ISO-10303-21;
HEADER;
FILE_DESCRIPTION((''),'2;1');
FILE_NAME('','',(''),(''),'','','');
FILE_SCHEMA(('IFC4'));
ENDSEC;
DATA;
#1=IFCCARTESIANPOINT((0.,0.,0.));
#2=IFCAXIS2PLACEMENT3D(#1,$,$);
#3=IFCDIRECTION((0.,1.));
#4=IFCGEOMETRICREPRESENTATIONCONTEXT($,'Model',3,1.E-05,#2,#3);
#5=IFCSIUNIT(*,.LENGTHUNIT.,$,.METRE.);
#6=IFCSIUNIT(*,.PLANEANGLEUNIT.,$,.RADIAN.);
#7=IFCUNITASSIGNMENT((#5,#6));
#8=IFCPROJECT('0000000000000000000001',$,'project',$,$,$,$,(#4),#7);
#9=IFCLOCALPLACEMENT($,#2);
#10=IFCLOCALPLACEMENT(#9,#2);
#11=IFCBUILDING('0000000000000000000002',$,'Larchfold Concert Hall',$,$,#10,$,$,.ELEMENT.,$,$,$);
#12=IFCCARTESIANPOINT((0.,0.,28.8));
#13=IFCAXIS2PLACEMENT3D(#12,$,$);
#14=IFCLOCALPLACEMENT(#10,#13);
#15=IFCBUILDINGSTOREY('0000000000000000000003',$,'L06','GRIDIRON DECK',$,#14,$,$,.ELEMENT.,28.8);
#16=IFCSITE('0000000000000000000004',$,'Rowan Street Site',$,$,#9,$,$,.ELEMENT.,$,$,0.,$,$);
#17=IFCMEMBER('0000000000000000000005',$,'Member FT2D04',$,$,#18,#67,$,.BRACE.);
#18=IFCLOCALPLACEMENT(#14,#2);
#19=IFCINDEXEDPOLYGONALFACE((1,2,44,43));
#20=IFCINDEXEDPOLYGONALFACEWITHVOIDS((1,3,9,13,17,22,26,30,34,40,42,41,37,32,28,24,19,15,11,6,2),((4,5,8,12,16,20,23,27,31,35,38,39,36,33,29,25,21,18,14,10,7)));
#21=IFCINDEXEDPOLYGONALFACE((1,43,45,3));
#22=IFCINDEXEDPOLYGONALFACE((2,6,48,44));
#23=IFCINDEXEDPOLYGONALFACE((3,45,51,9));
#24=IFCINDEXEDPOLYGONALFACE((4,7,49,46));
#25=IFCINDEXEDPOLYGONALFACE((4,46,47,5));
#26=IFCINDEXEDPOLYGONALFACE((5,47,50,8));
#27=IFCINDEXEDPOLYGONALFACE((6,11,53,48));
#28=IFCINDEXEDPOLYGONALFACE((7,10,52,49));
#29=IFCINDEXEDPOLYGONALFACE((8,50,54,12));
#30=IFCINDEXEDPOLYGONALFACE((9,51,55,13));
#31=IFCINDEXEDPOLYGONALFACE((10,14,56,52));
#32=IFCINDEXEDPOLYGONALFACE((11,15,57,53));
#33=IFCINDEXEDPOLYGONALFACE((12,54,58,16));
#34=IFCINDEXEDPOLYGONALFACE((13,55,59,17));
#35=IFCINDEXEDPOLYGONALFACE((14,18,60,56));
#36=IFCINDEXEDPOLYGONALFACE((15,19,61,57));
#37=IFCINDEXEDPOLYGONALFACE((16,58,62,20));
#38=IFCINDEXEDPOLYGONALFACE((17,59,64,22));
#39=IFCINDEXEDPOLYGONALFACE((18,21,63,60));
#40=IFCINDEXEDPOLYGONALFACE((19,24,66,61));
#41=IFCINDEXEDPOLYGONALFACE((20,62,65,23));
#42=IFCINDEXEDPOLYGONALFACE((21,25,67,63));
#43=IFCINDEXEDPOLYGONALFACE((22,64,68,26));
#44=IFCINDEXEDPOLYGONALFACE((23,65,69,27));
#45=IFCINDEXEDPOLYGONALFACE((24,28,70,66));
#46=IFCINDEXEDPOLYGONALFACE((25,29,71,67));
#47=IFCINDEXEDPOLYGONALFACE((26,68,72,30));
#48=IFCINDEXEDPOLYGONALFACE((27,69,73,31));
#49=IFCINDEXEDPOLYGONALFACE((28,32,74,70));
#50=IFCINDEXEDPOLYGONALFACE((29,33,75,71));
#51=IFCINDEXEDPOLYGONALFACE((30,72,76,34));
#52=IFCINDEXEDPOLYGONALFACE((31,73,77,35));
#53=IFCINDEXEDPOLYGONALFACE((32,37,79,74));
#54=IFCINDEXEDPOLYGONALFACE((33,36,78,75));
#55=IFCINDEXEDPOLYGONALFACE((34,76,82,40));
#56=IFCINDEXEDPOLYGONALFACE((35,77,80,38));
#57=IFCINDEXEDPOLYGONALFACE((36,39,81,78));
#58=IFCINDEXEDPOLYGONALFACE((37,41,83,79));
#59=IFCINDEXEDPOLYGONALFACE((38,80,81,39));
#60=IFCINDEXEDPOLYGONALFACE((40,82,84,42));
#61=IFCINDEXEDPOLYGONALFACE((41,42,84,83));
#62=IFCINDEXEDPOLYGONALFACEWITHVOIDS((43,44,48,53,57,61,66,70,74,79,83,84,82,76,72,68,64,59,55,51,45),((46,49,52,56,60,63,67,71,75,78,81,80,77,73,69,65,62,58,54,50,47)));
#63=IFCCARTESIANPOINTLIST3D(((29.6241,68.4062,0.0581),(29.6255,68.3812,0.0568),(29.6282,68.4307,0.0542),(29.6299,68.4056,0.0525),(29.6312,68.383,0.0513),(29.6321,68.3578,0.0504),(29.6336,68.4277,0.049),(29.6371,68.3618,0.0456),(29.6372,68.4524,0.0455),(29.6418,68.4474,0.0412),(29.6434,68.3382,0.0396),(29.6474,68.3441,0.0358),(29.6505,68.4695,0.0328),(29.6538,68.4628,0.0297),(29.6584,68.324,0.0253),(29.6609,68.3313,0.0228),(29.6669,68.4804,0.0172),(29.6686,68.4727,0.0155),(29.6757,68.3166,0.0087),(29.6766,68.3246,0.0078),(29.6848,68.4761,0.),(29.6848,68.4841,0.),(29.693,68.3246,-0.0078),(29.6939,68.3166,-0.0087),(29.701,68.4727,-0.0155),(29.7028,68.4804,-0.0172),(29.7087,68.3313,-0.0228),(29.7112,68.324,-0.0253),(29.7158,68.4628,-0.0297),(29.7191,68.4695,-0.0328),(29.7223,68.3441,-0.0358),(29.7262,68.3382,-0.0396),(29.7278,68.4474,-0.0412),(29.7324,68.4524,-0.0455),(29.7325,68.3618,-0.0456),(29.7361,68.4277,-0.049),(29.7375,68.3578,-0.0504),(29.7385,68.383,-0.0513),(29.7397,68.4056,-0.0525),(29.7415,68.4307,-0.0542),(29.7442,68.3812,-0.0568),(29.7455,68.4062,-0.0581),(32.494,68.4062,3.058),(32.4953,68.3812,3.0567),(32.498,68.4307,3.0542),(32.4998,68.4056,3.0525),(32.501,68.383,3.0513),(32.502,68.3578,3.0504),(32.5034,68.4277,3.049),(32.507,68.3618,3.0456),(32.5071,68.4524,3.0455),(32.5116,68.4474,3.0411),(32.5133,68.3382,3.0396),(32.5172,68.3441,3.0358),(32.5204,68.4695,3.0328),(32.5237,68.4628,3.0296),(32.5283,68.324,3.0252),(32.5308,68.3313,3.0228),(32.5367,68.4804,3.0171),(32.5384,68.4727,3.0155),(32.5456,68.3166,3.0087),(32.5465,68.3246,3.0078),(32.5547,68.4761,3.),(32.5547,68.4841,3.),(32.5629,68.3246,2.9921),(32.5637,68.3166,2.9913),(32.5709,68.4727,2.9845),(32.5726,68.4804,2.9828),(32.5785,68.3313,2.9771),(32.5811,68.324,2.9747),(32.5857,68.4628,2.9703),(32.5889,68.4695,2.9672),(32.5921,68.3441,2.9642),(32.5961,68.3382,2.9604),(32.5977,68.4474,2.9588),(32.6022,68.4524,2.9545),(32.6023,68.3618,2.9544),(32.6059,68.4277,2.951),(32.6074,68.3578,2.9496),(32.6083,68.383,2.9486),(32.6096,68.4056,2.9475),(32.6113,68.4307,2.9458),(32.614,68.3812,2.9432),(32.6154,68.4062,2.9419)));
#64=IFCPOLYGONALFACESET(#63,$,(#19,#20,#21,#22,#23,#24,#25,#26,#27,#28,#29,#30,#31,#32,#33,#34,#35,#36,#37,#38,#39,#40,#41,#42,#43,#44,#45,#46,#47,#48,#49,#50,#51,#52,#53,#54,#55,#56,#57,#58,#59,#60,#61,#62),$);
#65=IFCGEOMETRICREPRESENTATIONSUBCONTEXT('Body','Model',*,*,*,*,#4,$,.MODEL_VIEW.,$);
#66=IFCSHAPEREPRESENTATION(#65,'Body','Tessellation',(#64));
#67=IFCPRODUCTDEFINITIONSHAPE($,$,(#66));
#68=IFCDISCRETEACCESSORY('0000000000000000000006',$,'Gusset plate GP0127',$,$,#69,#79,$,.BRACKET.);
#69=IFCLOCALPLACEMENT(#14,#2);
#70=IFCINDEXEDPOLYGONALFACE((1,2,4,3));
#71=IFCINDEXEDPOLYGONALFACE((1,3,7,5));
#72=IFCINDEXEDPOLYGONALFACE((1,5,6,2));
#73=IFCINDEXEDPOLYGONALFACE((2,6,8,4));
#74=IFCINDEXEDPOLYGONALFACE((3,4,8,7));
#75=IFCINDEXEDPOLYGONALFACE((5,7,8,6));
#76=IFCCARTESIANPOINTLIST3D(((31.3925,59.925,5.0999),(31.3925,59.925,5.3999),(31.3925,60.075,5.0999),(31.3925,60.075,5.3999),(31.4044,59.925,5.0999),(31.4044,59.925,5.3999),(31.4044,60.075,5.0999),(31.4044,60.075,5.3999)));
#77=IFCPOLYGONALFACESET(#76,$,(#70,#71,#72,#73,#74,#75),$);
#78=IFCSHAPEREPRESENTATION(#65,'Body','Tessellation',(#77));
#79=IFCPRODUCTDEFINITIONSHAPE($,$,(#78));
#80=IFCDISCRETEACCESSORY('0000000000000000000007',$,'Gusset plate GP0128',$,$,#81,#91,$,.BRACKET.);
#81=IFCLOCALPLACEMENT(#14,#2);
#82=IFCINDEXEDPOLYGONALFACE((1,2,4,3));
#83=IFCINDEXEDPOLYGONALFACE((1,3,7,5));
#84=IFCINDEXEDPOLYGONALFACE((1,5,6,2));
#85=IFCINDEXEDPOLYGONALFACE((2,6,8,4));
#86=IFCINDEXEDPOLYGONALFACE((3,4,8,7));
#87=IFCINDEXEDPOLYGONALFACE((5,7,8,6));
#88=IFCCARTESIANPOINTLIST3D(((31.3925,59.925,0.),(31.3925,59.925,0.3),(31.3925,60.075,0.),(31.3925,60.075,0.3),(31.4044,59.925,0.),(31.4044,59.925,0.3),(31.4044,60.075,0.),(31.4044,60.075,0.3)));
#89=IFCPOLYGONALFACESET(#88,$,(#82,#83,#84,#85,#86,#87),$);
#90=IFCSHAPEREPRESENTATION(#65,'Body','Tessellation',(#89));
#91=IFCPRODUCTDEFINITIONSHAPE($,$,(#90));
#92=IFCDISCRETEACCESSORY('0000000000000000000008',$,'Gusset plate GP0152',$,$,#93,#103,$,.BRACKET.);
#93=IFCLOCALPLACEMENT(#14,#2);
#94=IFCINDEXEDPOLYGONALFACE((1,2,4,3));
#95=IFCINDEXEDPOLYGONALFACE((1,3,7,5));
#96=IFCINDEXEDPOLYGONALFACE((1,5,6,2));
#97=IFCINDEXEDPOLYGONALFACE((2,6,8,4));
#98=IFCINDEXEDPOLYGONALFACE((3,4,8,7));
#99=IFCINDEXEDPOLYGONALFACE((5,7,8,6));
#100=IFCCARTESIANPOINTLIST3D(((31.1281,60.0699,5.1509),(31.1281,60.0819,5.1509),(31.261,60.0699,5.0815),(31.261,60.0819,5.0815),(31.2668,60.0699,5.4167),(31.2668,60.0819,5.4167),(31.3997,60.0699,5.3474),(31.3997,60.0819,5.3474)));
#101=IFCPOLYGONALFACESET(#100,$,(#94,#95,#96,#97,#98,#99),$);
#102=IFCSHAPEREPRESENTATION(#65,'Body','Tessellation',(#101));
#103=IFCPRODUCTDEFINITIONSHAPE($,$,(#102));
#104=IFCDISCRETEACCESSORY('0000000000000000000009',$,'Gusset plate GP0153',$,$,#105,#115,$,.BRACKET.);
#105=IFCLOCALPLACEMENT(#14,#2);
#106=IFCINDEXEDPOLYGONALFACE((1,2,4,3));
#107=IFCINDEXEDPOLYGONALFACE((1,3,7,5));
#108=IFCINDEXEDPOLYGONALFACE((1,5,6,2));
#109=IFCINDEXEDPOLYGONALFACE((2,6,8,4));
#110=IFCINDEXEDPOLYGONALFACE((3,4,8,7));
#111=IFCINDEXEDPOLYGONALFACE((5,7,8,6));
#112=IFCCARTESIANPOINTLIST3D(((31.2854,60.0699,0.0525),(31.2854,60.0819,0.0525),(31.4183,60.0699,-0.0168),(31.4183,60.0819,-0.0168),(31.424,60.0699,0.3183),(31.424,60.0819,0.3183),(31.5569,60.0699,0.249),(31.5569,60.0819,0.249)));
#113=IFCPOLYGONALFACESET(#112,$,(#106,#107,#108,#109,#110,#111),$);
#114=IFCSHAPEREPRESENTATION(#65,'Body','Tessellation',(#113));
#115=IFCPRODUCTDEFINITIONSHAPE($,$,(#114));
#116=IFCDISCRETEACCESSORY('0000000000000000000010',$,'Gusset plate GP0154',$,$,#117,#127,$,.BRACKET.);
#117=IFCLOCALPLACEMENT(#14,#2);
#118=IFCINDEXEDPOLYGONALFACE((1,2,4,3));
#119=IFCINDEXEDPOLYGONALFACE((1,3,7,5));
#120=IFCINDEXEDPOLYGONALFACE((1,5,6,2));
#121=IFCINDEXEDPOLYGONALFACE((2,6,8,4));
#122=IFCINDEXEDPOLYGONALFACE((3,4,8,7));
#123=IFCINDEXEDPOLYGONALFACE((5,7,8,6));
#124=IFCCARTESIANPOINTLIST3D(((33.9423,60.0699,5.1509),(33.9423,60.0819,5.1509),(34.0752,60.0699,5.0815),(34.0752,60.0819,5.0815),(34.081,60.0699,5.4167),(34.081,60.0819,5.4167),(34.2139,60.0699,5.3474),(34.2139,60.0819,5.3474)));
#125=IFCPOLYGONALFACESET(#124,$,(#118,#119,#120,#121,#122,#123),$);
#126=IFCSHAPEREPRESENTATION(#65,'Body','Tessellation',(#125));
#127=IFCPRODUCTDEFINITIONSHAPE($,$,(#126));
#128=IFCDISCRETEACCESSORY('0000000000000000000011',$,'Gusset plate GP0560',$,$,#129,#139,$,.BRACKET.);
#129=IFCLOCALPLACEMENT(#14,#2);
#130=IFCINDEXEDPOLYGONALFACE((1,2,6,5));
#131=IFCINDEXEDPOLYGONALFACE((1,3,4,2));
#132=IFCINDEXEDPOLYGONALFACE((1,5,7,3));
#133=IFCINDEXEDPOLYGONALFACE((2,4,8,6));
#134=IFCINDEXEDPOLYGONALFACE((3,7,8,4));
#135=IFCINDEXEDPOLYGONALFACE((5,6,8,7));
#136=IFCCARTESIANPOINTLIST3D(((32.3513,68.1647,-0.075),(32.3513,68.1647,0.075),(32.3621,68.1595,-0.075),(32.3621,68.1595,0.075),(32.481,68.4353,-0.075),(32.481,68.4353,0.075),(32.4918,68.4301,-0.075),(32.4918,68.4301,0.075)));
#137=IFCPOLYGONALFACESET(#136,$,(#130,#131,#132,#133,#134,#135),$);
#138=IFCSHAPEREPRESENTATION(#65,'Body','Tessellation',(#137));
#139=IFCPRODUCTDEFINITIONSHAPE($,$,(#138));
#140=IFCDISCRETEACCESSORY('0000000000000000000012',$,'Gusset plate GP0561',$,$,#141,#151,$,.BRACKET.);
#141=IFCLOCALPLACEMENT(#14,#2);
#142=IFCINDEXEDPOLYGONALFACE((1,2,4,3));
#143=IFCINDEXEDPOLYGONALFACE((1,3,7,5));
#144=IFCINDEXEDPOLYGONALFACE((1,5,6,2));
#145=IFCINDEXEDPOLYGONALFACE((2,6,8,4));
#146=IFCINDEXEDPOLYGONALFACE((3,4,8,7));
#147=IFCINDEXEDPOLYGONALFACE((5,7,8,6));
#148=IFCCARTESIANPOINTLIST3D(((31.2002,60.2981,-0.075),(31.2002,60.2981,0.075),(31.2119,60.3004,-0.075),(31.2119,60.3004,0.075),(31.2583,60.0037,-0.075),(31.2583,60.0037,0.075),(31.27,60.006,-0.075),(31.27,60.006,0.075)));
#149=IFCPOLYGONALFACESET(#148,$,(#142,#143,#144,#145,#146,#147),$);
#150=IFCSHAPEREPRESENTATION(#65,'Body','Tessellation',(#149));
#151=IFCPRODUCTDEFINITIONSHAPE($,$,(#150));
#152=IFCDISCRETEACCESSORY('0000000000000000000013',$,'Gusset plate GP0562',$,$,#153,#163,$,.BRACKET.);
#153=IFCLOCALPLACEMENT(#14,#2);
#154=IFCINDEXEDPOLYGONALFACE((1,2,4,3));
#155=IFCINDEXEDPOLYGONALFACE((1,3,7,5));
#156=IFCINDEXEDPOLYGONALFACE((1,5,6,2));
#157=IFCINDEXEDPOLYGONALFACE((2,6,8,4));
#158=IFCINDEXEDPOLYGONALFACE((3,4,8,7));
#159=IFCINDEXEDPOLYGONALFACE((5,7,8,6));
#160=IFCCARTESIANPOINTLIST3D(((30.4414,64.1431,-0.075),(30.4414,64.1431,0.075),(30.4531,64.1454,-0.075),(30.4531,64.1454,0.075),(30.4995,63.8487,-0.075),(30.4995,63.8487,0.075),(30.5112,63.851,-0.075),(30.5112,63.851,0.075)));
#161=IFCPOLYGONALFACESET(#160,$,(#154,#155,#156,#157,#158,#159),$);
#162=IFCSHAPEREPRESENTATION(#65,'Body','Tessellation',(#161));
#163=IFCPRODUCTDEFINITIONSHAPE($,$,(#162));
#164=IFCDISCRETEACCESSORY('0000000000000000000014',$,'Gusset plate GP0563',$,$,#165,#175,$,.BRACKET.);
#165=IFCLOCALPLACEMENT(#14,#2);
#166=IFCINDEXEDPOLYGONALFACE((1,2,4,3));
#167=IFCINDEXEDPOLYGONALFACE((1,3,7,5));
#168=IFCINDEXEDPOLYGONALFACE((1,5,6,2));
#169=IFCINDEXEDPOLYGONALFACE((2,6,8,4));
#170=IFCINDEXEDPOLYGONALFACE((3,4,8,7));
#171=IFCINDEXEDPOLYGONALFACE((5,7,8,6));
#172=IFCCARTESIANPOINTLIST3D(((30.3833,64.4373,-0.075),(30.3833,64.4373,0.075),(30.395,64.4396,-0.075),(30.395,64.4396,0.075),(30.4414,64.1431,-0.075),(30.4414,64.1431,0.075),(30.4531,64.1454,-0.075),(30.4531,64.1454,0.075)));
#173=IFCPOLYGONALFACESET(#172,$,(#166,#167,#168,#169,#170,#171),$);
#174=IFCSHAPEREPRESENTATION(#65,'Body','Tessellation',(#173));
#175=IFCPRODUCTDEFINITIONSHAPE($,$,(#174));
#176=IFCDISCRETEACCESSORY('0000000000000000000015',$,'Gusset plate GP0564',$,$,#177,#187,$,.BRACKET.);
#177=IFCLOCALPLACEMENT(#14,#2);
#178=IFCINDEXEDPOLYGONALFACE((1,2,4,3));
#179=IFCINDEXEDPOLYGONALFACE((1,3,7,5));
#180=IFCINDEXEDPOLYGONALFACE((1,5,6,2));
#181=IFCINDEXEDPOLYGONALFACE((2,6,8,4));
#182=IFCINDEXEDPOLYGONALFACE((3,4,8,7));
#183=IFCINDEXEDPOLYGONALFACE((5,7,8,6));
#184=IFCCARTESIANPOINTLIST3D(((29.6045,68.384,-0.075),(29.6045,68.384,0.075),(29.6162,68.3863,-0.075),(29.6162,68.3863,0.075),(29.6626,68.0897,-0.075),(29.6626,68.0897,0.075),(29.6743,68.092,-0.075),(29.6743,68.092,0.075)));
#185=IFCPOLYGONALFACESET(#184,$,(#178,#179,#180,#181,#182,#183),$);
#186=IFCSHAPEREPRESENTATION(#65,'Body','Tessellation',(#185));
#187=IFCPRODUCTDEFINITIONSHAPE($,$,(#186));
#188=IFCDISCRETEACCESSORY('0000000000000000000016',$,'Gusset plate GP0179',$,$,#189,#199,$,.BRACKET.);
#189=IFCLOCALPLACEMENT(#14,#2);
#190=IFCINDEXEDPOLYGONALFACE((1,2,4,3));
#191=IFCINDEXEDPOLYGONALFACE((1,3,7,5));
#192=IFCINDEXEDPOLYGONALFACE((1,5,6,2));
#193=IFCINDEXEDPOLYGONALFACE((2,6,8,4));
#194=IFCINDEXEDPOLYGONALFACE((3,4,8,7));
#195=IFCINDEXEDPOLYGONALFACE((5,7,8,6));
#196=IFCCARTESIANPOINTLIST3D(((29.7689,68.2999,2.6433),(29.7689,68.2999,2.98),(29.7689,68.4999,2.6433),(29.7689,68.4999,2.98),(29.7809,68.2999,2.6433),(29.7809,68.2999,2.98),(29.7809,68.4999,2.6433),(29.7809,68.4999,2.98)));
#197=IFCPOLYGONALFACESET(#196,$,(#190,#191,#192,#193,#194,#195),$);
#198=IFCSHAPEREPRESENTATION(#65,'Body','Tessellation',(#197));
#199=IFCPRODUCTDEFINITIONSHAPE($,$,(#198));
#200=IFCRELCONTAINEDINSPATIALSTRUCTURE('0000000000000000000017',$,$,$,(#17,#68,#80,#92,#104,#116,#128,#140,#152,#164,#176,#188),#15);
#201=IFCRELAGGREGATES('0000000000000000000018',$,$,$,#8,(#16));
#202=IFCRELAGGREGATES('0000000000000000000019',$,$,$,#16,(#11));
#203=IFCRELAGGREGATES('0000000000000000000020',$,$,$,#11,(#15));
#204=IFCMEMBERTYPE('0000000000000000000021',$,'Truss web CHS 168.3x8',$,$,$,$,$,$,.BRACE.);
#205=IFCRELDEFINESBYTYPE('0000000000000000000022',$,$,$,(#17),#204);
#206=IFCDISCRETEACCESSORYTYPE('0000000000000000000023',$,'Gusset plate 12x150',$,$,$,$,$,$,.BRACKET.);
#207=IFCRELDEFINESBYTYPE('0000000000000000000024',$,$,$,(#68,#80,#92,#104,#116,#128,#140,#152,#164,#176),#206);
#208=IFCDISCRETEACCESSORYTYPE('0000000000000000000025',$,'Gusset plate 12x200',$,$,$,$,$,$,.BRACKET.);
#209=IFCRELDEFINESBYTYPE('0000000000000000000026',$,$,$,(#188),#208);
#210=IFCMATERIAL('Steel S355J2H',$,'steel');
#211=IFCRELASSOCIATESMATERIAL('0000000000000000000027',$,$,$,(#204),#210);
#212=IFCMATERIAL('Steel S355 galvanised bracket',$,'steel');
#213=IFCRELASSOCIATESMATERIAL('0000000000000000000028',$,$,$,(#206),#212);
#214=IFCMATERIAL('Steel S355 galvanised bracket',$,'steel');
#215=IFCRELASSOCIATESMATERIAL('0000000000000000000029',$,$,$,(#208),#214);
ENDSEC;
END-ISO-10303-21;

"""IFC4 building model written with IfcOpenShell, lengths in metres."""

from ifc_helpers import new_model, si_unit, direction, frame, origin, origin_2d, place, context, subcontext, project, spatial, rectangle, hollow_circle, extrude, material, material_profile, profile_set, type_object, element, save


model = new_model("IFC4")

# Units and contexts
model_context = context("Model", 3, precision=1e-05, world=origin(), true_north=direction((0.0, 1.0)))
body_context = subcontext(model_context, "Body", "Model", "MODEL_VIEW")
ifc_project = project(units=[si_unit("LENGTHUNIT", "METRE"), si_unit("PLANEANGLEUNIT", "RADIAN")], contexts=[model_context])

# Site, building, storey
site_placement = place(None, origin())
site = spatial("IfcSite", under=ifc_project, at=site_placement, Name="Rowan Street Site", CompositionType="ELEMENT", RefElevation=0.0)
building_placement = place(site_placement, origin())
building = spatial("IfcBuilding", under=site, at=building_placement, Name="Larchfold Concert Hall", CompositionType="ELEMENT")
storey_placement = place(building_placement, frame((0.0, 0.0, 28.8)))
storey = spatial("IfcBuildingStorey", under=building, at=storey_placement, Name="L06", Description="GRIDIRON DECK", CompositionType="ELEMENT", Elevation=28.8)

# Member
ifc_material_1 = material(Name="Steel S355J2H", Category="steel")
ifc_material_profile_1 = material_profile(ifc_material_1, hollow_circle(Radius=0.0842, WallThickness=0.0081, at=origin_2d()))
ifc_profile_set_1 = profile_set([ifc_material_profile_1], Name="Steel S355J2H")
member_type_1 = type_object("IfcMemberType", Name="Truss web CHS 168.3x8", PredefinedType="BRACE", material=ifc_profile_set_1)
member_1_placement = place(storey_placement, frame((29.6848, 68.3999, 0.0), z_axis=(0.691261, 0.0, 0.722605), x_axis=(0.0, 1.0, 0.0)))
element("IfcMember", 1, at=member_1_placement, inside=storey, type_object=member_type_1, Name="Member FT2D04", PredefinedType="BRACE", context=body_context, shape_type="SweptSolid", body=[
    extrude(hollow_circle(Radius=0.0842, WallThickness=0.0081, at=origin_2d()), origin(), (0.0, 0.0, 1.0), 4.1516),
])

# Discrete accessories
ifc_material_2 = material(Name="Steel S355 galvanised bracket", Category="steel")
ifc_material_profile_2 = material_profile(ifc_material_2, rectangle(XDim=0.012, YDim=0.1499, at=origin_2d()))
ifc_profile_set_2 = profile_set([ifc_material_profile_2], Name="Steel S355 galvanised bracket")
discrete_accessory_type_1 = type_object("IfcDiscreteAccessoryType", Name="Gusset plate 12x150", PredefinedType="BRACKET", material=ifc_profile_set_2)
for number, where, z_axis, x_axis, name in (
    (2, (31.3984, 60.0, 5.3999), (0.0, 0.0, -1.0), (1.0, 0.0, 0.0), "Gusset plate GP0127"),
    (3, (31.3984, 60.0, 0.3), (0.0, 0.0, -1.0), (1.0, 0.0, 0.0), "Gusset plate GP0128"),
):
    element("IfcDiscreteAccessory", number, at=place(storey_placement, frame(where, z_axis=z_axis, x_axis=x_axis)), inside=storey, type_object=discrete_accessory_type_1, Name=name, PredefinedType="BRACKET", context=body_context, shape_type="SweptSolid", body=[
        extrude(rectangle(XDim=0.012, YDim=0.1499, at=origin_2d()), origin(), (0.0, 0.0, 1.0), 0.3),
    ])
for number, where, z_axis, x_axis, name in (
    (4, (31.1946, 60.0759, 5.1162), (0.462455, 0.0, 0.886643), (0.0, 1.0, 0.0), "Gusset plate GP0152"),
    (5, (31.3518, 60.0759, 0.0178), (0.462455, 0.0, 0.886643), (0.0, 1.0, 0.0), "Gusset plate GP0153"),
    (6, (34.0088, 60.0759, 5.1162), (0.462455, 0.0, 0.886643), (0.0, 1.0, 0.0), "Gusset plate GP0154"),
):
    element("IfcDiscreteAccessory", number, at=place(storey_placement, frame(where, z_axis=z_axis, x_axis=x_axis)), inside=storey, type_object=discrete_accessory_type_1, Name=name, PredefinedType="BRACKET", context=body_context, shape_type="SweptSolid", body=[
        extrude(rectangle(XDim=0.012, YDim=0.1499, at=origin_2d()), origin(), (0.0, 0.0, 1.0), 0.2998),
    ])
for number, where, z_axis, x_axis, name in (
    (7, (32.3567, 68.1621, 0.0), (0.432175, 0.90179, 0.0), (-0.90179, 0.432175, 0.0), "Gusset plate GP0560"),
    (8, (31.2642, 60.0049, 0.0), (-0.193612, 0.981078, 0.0), (-0.981078, -0.193612, 0.0), "Gusset plate GP0561"),
    (9, (30.5054, 63.8499, 0.0), (-0.193612, 0.981078, 0.0), (-0.981078, -0.193612, 0.0), "Gusset plate GP0562"),
):
    element("IfcDiscreteAccessory", number, at=place(storey_placement, frame(where, z_axis=z_axis, x_axis=x_axis)), inside=storey, type_object=discrete_accessory_type_1, Name=name, PredefinedType="BRACKET", context=body_context, shape_type="SweptSolid", body=[
        extrude(rectangle(XDim=0.012, YDim=0.1499, at=origin_2d()), origin(), (0.0, 0.0, 1.0), 0.3),
    ])
discrete_accessory_1_placement = place(storey_placement, frame((30.4473, 64.1443, 0.0), z_axis=(-0.193767, 0.981048, 0.0), x_axis=(-0.981048, -0.193767, 0.0)))
element("IfcDiscreteAccessory", 10, at=discrete_accessory_1_placement, inside=storey, type_object=discrete_accessory_type_1, Name="Gusset plate GP0563", PredefinedType="BRACKET", context=body_context, shape_type="SweptSolid", body=[
    extrude(rectangle(XDim=0.012, YDim=0.1499, at=origin_2d()), origin(), (0.0, 0.0, 1.0), 0.2998),
])
discrete_accessory_2_placement = place(storey_placement, frame((29.6685, 68.0908, 0.0), z_axis=(-0.193612, 0.981078, 0.0), x_axis=(-0.981078, -0.193612, 0.0)))
element("IfcDiscreteAccessory", 11, at=discrete_accessory_2_placement, inside=storey, type_object=discrete_accessory_type_1, Name="Gusset plate GP0564", PredefinedType="BRACKET", context=body_context, shape_type="SweptSolid", body=[
    extrude(rectangle(XDim=0.012, YDim=0.1499, at=origin_2d()), origin(), (0.0, 0.0, 1.0), 0.3),
])
ifc_material_3 = material(Name="Steel S355 galvanised bracket", Category="steel")
ifc_material_profile_3 = material_profile(ifc_material_3, rectangle(XDim=0.012, YDim=0.2, at=origin_2d()))
ifc_profile_set_3 = profile_set([ifc_material_profile_3], Name="Steel S355 galvanised bracket")
discrete_accessory_type_2 = type_object("IfcDiscreteAccessoryType", Name="Gusset plate 12x200", PredefinedType="BRACKET", material=ifc_profile_set_3)
for number, where, z_axis, x_axis, name in (
    (12, (29.7749, 68.3999, 2.98), (0.0, 0.0, -1.0), (1.0, 0.0, 0.0), "Gusset plate GP0179"),
):
    element("IfcDiscreteAccessory", number, at=place(storey_placement, frame(where, z_axis=z_axis, x_axis=x_axis)), inside=storey, type_object=discrete_accessory_type_2, Name=name, PredefinedType="BRACKET", context=body_context, shape_type="SweptSolid", body=[
        extrude(rectangle(XDim=0.012, YDim=0.2, at=origin_2d()), origin(), (0.0, 0.0, 1.0), 0.3367),
    ])

save(model, "model.ifc")
